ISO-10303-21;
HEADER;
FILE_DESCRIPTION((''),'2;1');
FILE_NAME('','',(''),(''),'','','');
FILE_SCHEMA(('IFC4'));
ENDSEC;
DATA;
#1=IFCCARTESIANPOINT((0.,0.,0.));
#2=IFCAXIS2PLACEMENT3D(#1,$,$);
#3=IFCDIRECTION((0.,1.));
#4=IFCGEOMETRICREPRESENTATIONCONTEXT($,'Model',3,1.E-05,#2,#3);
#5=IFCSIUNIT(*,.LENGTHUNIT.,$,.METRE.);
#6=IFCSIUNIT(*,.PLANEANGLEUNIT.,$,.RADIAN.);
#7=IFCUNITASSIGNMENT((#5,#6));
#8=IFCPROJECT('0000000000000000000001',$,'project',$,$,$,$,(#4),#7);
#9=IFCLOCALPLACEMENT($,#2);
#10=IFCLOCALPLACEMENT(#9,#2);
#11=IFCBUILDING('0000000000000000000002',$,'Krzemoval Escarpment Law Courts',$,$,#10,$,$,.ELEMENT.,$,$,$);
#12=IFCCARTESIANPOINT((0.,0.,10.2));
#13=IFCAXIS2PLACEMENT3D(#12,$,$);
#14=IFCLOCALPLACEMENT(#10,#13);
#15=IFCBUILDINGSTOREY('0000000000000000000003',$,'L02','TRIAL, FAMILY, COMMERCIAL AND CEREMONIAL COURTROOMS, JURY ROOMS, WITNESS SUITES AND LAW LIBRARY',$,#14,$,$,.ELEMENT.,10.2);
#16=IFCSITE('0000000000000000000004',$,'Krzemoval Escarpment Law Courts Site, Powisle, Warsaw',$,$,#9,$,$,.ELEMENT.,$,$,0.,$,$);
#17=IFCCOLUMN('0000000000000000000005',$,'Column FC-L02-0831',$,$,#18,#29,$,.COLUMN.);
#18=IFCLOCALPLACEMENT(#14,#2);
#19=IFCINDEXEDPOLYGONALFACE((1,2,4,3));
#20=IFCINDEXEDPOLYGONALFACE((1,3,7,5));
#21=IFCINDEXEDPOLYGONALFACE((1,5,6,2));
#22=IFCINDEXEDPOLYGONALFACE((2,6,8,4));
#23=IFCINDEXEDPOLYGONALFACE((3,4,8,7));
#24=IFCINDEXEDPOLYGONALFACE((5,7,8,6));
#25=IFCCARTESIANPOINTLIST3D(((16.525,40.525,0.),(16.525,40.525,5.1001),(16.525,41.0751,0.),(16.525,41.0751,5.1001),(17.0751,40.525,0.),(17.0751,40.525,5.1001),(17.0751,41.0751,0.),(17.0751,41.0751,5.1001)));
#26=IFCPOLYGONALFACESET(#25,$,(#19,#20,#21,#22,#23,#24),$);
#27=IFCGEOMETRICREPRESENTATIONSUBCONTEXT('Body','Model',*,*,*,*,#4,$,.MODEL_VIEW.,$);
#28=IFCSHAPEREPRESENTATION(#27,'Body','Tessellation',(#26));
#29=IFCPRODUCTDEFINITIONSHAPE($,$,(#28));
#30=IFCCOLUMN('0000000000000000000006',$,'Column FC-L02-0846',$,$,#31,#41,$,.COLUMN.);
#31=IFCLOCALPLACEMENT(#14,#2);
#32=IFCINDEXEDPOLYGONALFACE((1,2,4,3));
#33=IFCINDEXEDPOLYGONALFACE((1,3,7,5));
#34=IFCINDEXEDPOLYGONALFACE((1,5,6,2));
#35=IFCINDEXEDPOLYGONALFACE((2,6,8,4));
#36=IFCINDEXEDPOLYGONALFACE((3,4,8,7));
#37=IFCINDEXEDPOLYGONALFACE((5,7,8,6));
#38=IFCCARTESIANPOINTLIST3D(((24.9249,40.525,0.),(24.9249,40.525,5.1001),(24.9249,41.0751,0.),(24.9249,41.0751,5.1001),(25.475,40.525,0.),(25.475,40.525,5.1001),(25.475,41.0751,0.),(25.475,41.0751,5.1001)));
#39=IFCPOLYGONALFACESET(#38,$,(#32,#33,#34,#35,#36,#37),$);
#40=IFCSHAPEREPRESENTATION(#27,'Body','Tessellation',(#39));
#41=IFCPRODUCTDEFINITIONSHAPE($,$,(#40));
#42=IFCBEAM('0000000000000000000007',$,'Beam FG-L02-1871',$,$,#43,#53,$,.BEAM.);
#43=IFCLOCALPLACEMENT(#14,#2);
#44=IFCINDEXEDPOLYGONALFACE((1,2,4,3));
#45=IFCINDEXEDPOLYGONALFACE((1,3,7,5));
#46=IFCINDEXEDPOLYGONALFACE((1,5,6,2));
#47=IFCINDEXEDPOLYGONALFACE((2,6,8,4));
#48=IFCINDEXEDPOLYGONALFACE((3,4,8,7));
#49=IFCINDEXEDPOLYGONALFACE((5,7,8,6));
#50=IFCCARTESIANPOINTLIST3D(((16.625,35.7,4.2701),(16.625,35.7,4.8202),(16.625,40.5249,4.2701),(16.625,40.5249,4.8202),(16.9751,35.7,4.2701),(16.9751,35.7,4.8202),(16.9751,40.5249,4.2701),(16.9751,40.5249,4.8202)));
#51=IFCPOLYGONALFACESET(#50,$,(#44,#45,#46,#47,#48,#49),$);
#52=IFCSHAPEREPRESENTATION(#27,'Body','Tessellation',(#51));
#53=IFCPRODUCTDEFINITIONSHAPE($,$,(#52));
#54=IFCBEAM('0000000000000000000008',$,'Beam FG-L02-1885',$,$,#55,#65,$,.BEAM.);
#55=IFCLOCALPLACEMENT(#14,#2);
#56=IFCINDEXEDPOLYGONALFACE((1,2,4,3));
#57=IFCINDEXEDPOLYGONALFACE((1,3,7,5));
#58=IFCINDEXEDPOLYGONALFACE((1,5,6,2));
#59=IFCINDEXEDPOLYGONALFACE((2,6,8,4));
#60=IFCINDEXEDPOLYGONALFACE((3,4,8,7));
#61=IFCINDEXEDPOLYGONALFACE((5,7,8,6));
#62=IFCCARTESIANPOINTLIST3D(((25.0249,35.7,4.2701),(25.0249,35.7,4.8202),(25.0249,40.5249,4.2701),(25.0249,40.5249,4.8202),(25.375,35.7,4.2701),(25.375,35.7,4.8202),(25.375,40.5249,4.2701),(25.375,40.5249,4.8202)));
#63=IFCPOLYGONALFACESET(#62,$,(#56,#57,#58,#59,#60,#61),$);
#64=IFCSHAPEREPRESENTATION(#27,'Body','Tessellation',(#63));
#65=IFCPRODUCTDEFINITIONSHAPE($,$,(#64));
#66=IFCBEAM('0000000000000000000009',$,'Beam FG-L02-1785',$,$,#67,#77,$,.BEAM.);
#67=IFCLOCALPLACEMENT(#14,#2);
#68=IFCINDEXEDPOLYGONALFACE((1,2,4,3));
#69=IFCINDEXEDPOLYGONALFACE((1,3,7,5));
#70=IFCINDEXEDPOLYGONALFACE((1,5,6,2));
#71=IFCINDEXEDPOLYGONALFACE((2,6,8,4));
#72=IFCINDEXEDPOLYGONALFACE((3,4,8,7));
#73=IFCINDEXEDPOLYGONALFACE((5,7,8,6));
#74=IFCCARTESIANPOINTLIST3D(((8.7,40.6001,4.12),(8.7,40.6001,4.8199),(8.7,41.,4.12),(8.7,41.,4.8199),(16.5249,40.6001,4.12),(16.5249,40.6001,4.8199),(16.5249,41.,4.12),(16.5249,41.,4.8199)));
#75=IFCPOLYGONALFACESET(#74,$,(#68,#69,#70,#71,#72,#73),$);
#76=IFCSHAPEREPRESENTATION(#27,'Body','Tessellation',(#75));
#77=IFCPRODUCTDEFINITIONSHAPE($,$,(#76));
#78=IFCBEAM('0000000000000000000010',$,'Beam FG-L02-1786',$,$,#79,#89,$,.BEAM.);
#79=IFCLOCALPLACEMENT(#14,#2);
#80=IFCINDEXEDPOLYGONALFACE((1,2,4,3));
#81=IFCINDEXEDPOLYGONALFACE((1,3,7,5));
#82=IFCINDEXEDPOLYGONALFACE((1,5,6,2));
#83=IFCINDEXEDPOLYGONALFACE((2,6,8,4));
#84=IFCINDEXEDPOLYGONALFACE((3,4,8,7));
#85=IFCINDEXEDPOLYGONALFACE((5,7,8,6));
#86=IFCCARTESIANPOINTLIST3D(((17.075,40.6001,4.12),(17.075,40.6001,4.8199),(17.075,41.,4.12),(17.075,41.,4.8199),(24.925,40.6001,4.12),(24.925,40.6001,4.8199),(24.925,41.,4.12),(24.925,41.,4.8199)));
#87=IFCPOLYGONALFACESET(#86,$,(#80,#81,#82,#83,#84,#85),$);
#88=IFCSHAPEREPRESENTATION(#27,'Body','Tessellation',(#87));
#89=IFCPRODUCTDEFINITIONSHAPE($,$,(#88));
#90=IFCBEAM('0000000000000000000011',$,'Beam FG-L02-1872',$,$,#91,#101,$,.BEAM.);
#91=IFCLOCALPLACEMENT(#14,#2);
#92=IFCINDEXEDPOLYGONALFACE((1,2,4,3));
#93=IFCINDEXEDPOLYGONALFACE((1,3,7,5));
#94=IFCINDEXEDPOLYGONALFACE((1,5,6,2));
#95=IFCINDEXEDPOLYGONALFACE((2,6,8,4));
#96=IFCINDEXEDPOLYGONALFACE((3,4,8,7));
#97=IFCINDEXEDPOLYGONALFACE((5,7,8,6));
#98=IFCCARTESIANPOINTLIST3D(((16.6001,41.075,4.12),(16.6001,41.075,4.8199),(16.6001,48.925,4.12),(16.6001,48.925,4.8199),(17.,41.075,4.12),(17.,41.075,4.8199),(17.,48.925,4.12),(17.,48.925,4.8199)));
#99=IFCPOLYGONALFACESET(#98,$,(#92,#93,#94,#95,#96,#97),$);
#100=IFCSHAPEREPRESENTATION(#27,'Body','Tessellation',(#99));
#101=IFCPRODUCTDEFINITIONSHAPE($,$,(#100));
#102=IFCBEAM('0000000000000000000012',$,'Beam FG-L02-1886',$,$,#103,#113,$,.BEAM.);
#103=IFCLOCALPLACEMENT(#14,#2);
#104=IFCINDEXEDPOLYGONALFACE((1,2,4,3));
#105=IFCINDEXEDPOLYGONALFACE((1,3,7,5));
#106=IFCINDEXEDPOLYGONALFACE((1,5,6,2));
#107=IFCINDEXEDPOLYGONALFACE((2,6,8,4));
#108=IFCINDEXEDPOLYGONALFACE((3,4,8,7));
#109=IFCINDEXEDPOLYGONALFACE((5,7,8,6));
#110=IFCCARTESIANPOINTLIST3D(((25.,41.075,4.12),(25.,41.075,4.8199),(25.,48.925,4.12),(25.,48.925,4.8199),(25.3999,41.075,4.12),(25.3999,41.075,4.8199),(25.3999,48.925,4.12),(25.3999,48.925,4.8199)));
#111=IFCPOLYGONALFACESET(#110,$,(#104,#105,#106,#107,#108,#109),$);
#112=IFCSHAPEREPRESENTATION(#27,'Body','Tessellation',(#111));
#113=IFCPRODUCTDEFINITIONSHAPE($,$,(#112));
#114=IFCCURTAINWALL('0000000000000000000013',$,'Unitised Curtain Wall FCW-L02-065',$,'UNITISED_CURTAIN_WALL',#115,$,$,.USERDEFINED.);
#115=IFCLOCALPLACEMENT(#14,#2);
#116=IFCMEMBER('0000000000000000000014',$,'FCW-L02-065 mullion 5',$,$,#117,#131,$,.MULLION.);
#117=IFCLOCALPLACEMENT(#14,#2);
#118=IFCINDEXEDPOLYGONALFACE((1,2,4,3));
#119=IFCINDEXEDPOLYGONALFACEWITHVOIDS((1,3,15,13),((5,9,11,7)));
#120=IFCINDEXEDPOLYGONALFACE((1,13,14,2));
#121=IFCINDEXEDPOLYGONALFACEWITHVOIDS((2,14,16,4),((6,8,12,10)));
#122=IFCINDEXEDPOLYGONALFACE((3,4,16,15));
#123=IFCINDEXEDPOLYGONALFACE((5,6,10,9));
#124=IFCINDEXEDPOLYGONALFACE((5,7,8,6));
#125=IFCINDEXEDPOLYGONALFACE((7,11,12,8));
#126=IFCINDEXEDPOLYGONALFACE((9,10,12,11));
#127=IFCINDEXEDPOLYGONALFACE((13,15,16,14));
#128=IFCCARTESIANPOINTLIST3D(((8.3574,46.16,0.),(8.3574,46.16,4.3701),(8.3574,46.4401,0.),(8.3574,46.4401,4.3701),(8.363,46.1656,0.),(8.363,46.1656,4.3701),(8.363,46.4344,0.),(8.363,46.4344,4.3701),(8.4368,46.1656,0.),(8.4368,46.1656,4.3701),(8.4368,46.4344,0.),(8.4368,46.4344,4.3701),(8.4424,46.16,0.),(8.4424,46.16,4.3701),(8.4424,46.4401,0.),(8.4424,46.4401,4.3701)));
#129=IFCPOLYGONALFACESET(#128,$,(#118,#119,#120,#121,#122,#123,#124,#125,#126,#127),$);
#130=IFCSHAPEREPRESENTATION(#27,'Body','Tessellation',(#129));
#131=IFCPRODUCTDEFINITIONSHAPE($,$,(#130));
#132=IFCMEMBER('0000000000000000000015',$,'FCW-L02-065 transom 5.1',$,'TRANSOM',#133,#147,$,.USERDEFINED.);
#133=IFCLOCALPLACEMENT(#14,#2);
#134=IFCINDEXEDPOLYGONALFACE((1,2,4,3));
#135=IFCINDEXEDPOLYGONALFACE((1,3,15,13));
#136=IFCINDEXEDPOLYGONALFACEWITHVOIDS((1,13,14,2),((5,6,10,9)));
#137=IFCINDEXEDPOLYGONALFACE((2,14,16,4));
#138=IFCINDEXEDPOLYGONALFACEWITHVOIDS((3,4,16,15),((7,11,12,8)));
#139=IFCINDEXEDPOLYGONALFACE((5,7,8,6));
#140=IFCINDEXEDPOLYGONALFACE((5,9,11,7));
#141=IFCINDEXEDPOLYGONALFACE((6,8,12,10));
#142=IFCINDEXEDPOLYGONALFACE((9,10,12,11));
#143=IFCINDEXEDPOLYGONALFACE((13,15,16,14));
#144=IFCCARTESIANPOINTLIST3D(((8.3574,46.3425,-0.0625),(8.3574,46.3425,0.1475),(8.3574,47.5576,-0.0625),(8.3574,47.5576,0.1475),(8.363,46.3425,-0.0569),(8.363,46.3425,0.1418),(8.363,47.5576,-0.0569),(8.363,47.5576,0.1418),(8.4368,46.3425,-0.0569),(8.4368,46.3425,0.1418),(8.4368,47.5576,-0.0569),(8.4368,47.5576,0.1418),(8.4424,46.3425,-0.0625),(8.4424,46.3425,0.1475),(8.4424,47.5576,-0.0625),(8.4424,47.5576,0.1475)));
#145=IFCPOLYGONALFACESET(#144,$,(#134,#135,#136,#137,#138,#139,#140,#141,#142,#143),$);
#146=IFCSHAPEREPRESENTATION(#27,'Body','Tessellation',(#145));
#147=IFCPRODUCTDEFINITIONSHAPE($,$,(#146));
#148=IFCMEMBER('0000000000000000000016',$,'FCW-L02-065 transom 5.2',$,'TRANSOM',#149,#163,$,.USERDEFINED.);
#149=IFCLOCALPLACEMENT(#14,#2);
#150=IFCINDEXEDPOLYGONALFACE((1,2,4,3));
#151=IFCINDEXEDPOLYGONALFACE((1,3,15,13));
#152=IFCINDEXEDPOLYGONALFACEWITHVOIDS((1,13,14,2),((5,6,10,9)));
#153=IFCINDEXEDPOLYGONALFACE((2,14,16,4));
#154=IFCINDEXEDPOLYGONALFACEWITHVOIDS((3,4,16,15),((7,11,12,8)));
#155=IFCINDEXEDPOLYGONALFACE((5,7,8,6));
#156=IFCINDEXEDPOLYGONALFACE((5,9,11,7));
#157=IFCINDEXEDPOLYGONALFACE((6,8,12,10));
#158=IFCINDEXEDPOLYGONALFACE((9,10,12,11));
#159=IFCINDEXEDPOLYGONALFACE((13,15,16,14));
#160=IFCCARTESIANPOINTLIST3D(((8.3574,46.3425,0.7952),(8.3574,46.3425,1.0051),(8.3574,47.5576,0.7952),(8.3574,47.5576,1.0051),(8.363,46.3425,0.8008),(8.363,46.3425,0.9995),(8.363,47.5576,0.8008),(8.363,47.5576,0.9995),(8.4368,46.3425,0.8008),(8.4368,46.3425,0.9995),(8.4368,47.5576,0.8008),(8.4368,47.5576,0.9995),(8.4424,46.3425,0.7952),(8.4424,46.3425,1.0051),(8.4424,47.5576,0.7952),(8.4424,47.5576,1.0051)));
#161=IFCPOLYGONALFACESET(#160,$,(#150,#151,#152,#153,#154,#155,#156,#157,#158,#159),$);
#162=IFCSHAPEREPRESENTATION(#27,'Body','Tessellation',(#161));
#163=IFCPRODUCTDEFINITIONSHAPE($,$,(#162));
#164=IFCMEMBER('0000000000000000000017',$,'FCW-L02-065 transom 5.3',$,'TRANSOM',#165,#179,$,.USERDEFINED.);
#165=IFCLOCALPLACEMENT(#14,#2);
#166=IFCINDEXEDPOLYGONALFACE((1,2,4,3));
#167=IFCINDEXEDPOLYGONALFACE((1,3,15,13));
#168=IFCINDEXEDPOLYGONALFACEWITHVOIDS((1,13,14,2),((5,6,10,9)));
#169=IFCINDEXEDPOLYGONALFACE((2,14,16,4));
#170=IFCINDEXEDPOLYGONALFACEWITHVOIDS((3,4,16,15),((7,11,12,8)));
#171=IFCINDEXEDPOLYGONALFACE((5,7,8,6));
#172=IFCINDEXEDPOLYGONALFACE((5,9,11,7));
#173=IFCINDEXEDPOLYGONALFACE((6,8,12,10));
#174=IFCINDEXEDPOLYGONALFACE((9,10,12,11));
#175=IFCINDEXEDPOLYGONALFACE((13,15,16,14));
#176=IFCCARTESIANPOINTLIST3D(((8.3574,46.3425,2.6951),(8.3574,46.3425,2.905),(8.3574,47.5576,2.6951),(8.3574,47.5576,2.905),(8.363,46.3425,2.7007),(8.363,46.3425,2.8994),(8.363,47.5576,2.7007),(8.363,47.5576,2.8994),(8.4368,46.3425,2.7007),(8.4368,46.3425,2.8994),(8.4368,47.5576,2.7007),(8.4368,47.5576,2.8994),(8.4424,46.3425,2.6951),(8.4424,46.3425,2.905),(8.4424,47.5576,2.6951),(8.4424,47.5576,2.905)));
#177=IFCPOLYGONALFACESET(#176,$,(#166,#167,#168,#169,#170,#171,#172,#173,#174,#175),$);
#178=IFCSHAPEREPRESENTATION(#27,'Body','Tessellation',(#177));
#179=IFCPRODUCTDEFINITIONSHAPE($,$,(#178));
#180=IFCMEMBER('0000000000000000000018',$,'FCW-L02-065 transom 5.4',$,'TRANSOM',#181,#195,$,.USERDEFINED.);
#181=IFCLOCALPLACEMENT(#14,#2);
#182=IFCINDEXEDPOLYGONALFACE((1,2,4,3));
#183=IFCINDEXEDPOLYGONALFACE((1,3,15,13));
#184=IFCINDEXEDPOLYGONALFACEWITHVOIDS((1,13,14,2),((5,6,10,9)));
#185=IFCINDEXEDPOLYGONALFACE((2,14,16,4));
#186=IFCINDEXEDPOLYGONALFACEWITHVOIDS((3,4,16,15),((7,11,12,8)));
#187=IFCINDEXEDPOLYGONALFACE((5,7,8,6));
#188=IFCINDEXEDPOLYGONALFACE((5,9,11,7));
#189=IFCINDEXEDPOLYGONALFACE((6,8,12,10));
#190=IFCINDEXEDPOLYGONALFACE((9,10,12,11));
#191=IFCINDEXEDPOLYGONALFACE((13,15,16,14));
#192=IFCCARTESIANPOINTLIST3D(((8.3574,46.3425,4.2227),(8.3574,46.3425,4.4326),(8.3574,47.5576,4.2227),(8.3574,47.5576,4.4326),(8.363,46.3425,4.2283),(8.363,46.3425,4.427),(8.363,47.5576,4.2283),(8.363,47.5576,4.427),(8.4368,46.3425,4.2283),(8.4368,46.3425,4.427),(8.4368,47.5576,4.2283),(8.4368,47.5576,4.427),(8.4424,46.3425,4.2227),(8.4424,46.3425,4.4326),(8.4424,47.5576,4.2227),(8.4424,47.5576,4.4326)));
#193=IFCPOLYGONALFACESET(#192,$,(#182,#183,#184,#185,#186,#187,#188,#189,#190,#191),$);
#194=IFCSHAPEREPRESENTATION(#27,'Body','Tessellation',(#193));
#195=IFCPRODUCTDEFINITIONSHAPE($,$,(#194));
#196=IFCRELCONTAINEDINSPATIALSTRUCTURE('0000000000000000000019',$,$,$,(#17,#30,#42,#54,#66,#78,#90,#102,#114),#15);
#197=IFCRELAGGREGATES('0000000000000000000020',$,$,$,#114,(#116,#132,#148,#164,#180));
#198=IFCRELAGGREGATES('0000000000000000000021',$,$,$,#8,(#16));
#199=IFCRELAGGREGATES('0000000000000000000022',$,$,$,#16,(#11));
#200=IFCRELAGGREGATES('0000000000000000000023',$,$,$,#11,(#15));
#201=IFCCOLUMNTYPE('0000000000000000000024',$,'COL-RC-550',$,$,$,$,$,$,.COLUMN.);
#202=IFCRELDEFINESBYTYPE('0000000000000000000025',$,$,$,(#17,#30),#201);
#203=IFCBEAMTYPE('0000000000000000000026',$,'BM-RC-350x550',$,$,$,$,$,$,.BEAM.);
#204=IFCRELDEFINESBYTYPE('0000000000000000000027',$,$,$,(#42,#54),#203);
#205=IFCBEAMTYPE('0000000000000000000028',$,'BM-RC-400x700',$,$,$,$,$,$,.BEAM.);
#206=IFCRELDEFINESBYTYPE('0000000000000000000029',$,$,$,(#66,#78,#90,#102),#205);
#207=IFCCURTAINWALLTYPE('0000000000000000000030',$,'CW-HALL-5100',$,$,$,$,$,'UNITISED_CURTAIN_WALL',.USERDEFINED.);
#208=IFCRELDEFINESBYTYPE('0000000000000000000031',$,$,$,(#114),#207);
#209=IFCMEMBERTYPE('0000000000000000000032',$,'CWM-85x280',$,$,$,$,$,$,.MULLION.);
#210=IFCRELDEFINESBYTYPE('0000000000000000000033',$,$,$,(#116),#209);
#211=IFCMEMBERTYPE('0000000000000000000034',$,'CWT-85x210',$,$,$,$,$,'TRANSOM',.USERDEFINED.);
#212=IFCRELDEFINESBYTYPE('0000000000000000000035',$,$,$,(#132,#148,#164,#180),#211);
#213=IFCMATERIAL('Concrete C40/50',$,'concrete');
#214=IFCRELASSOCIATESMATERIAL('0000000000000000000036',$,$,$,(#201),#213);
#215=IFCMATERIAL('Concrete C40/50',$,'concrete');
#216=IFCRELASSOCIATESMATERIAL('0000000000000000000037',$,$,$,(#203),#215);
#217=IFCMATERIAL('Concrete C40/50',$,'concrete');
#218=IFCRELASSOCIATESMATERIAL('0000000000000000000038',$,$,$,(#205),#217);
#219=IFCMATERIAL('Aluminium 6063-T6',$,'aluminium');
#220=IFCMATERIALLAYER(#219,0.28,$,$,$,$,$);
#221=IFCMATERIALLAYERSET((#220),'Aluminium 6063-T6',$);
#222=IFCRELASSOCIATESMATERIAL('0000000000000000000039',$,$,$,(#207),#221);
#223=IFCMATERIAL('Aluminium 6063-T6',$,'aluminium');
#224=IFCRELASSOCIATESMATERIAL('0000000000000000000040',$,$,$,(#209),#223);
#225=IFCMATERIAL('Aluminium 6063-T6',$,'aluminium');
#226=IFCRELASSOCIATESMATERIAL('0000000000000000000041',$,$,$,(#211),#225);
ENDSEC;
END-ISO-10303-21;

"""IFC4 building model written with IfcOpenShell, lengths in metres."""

from ifc_helpers import new_model, si_unit, direction, frame, origin, origin_2d, place, context, subcontext, project, spatial, rectangle, hollow_rectangle, extrude, material, layer, layer_set, material_profile, profile_set, type_object, element, aggregate, save


model = new_model("IFC4")

# Units and contexts
model_context = context("Model", 3, precision=1e-05, world=origin(), true_north=direction((0.0, 1.0)))
body_context = subcontext(model_context, "Body", "Model", "MODEL_VIEW")
ifc_project = project(units=[si_unit("LENGTHUNIT", "METRE"), si_unit("PLANEANGLEUNIT", "RADIAN")], contexts=[model_context])

# Site, building, storey
site_placement = place(None, origin())
site = spatial("IfcSite", under=ifc_project, at=site_placement, Name="Krzemoval Escarpment Law Courts Site, Powisle, Warsaw", CompositionType="ELEMENT", RefElevation=0.0)
building_placement = place(site_placement, origin())
building = spatial("IfcBuilding", under=site, at=building_placement, Name="Krzemoval Escarpment Law Courts", CompositionType="ELEMENT")
storey_placement = place(building_placement, frame((0.0, 0.0, 10.2)))
storey = spatial("IfcBuildingStorey", under=building, at=storey_placement, Name="L02", Description="TRIAL, FAMILY, COMMERCIAL AND CEREMONIAL COURTROOMS, JURY ROOMS, WITNESS SUITES AND LAW LIBRARY", CompositionType="ELEMENT", Elevation=10.2)

# Columns
ifc_material_1 = material(Name="Concrete C40/50", Category="concrete")
ifc_material_profile_1 = material_profile(ifc_material_1, rectangle(XDim=0.55, YDim=0.55, at=origin_2d()), Name="RC 550x550")
ifc_profile_set_1 = profile_set([ifc_material_profile_1], Name="Concrete C40/50")
column_type = type_object("IfcColumnType", Name="COL-RC-550", PredefinedType="COLUMN", material=ifc_profile_set_1)
for number, where, z_axis, x_axis, name in (
    (1, (16.8, 40.8, 0.0), (0.0, 0.0, 1.0), (1.0, 0.0, 0.0), "Column FC-L02-0831"),
    (2, (25.2, 40.8, 0.0), (0.0, 0.0, 1.0), (1.0, 0.0, 0.0), "Column FC-L02-0846"),
):
    element("IfcColumn", number, at=place(storey_placement, frame(where, z_axis=z_axis, x_axis=x_axis)), inside=storey, type_object=column_type, Name=name, PredefinedType="COLUMN", context=body_context, shape_type="SweptSolid", body=[
        extrude(rectangle(XDim=0.55, YDim=0.55, at=origin_2d()), origin(), (0.0, 0.0, 1.0), 5.1001),
    ])

# Beams
ifc_material_2 = material(Name="Concrete C40/50", Category="concrete")
ifc_material_profile_2 = material_profile(ifc_material_2, rectangle(XDim=0.3501, YDim=0.55, at=origin_2d()), Name="RCB 350x550")
ifc_profile_set_2 = profile_set([ifc_material_profile_2], Name="Concrete C40/50")
beam_type_1 = type_object("IfcBeamType", Name="BM-RC-350x550", PredefinedType="BEAM", material=ifc_profile_set_2)
for number, where, z_axis, x_axis, name in (
    (3, (16.8, 35.7, 4.5452), (0.0, 1.0, 0.0), (-1.0, 0.0, 0.0), "Beam FG-L02-1871"),
    (4, (25.2, 35.7, 4.5452), (0.0, 1.0, 0.0), (-1.0, 0.0, 0.0), "Beam FG-L02-1885"),
):
    element("IfcBeam", number, at=place(storey_placement, frame(where, z_axis=z_axis, x_axis=x_axis)), inside=storey, type_object=beam_type_1, Name=name, PredefinedType="BEAM", context=body_context, shape_type="SweptSolid", body=[
        extrude(rectangle(XDim=0.3501, YDim=0.55, at=origin_2d()), origin(), (0.0, 0.0, 1.0), 4.825),
    ])
ifc_material_3 = material(Name="Concrete C40/50", Category="concrete")
ifc_material_profile_3 = material_profile(ifc_material_3, rectangle(XDim=0.3999, YDim=0.7, at=origin_2d()), Name="RCB 400x700")
ifc_profile_set_3 = profile_set([ifc_material_profile_3], Name="Concrete C40/50")
beam_type_2 = type_object("IfcBeamType", Name="BM-RC-400x700", PredefinedType="BEAM", material=ifc_profile_set_3)
beam_1_placement = place(storey_placement, frame((8.7, 40.8, 4.47), z_axis=(1.0, 0.0, 0.0), x_axis=(0.0, 1.0, 0.0)))
element("IfcBeam", 5, at=beam_1_placement, inside=storey, type_object=beam_type_2, Name="Beam FG-L02-1785", PredefinedType="BEAM", context=body_context, shape_type="SweptSolid", body=[
    extrude(rectangle(XDim=0.3999, YDim=0.7, at=origin_2d()), origin(), (0.0, 0.0, 1.0), 7.825),
])
for number, where, z_axis, x_axis, name in (
    (6, (17.075, 40.8, 4.47), (1.0, 0.0, 0.0), (0.0, 1.0, 0.0), "Beam FG-L02-1786"),
    (7, (16.8, 41.075, 4.47), (0.0, 1.0, 0.0), (-1.0, 0.0, 0.0), "Beam FG-L02-1872"),
    (8, (25.2, 41.075, 4.47), (0.0, 1.0, 0.0), (-1.0, 0.0, 0.0), "Beam FG-L02-1886"),
):
    element("IfcBeam", number, at=place(storey_placement, frame(where, z_axis=z_axis, x_axis=x_axis)), inside=storey, type_object=beam_type_2, Name=name, PredefinedType="BEAM", context=body_context, shape_type="SweptSolid", body=[
        extrude(rectangle(XDim=0.3999, YDim=0.7, at=origin_2d()), origin(), (0.0, 0.0, 1.0), 7.8501),
    ])

# Curtain wall, members
ifc_material_4 = material(Name="Aluminium 6063-T6", Category="aluminium")
ifc_layer_1 = layer(ifc_material_4, 0.28)
ifc_layer_set_1 = layer_set([ifc_layer_1], Name="Aluminium 6063-T6")
curtain_wall_type = type_object("IfcCurtainWallType", Name="CW-HALL-5100", ElementType="UNITISED_CURTAIN_WALL", PredefinedType="USERDEFINED", material=ifc_layer_set_1)
curtain_wall_placement = place(storey_placement, origin())
curtain_wall = element("IfcCurtainWall", 9, at=curtain_wall_placement, inside=storey, type_object=curtain_wall_type, Name="Unitised Curtain Wall FCW-L02-065", ObjectType="UNITISED_CURTAIN_WALL", PredefinedType="USERDEFINED")
ifc_material_5 = material(Name="Aluminium 6063-T6", Category="aluminium")
ifc_material_profile_4 = material_profile(ifc_material_5, hollow_rectangle(XDim=0.085, YDim=0.28, WallThickness=0.0056, at=origin_2d()), Name="ALU M85x280")
ifc_profile_set_4 = profile_set([ifc_material_profile_4], Name="Aluminium 6063-T6")
member_type_1 = type_object("IfcMemberType", Name="CWM-85x280", PredefinedType="MULLION", material=ifc_profile_set_4)
member_1_placement = place(storey_placement, frame((8.3999, 46.3, 0.0), z_axis=(0.0, 0.0, 1.0), x_axis=(-1.0, 0.0, 0.0)))
member_1 = element("IfcMember", 10, at=member_1_placement, type_object=member_type_1, Name="FCW-L02-065 mullion 5", PredefinedType="MULLION", context=body_context, shape_type="SweptSolid", body=[
    extrude(hollow_rectangle(XDim=0.085, YDim=0.28, WallThickness=0.0056, at=origin_2d()), origin(), (0.0, 0.0, 1.0), 4.3701),
])
ifc_material_6 = material(Name="Aluminium 6063-T6", Category="aluminium")
ifc_material_profile_5 = material_profile(ifc_material_6, hollow_rectangle(XDim=0.085, YDim=0.21, WallThickness=0.0056, at=origin_2d()), Name="ALU T85x210")
ifc_profile_set_5 = profile_set([ifc_material_profile_5], Name="Aluminium 6063-T6")
member_type_2 = type_object("IfcMemberType", Name="CWT-85x210", ElementType="TRANSOM", PredefinedType="USERDEFINED", material=ifc_profile_set_5)
member_2_placement = place(storey_placement, frame((8.3999, 46.3425, 0.0425), z_axis=(0.0, 1.0, 0.0), x_axis=(-1.0, 0.0, 0.0)))
member_2 = element("IfcMember", 11, at=member_2_placement, type_object=member_type_2, Name="FCW-L02-065 transom 5.1", ObjectType="TRANSOM", PredefinedType="USERDEFINED", context=body_context, shape_type="SweptSolid", body=[
    extrude(hollow_rectangle(XDim=0.085, YDim=0.21, WallThickness=0.0056, at=origin_2d()), origin(), (0.0, 0.0, 1.0), 1.2151),
])
member_3_placement = place(storey_placement, frame((8.3999, 46.3425, 0.9001), z_axis=(0.0, 1.0, 0.0), x_axis=(-1.0, 0.0, 0.0)))
member_3 = element("IfcMember", 12, at=member_3_placement, type_object=member_type_2, Name="FCW-L02-065 transom 5.2", ObjectType="TRANSOM", PredefinedType="USERDEFINED", context=body_context, shape_type="SweptSolid", body=[
    extrude(hollow_rectangle(XDim=0.085, YDim=0.21, WallThickness=0.0056, at=origin_2d()), origin(), (0.0, 0.0, 1.0), 1.2151),
])
member_4_placement = place(storey_placement, frame((8.3999, 46.3425, 2.8), z_axis=(0.0, 1.0, 0.0), x_axis=(-1.0, 0.0, 0.0)))
member_4 = element("IfcMember", 13, at=member_4_placement, type_object=member_type_2, Name="FCW-L02-065 transom 5.3", ObjectType="TRANSOM", PredefinedType="USERDEFINED", context=body_context, shape_type="SweptSolid", body=[
    extrude(hollow_rectangle(XDim=0.085, YDim=0.21, WallThickness=0.0056, at=origin_2d()), origin(), (0.0, 0.0, 1.0), 1.2151),
])
member_5_placement = place(storey_placement, frame((8.3999, 46.3425, 4.3276), z_axis=(0.0, 1.0, 0.0), x_axis=(-1.0, 0.0, 0.0)))
member_5 = element("IfcMember", 14, at=member_5_placement, type_object=member_type_2, Name="FCW-L02-065 transom 5.4", ObjectType="TRANSOM", PredefinedType="USERDEFINED", context=body_context, shape_type="SweptSolid", body=[
    extrude(hollow_rectangle(XDim=0.085, YDim=0.21, WallThickness=0.0056, at=origin_2d()), origin(), (0.0, 0.0, 1.0), 1.2151),
])
aggregate(curtain_wall, [member_1, member_2, member_3, member_4, member_5])

save(model, "model.ifc")
